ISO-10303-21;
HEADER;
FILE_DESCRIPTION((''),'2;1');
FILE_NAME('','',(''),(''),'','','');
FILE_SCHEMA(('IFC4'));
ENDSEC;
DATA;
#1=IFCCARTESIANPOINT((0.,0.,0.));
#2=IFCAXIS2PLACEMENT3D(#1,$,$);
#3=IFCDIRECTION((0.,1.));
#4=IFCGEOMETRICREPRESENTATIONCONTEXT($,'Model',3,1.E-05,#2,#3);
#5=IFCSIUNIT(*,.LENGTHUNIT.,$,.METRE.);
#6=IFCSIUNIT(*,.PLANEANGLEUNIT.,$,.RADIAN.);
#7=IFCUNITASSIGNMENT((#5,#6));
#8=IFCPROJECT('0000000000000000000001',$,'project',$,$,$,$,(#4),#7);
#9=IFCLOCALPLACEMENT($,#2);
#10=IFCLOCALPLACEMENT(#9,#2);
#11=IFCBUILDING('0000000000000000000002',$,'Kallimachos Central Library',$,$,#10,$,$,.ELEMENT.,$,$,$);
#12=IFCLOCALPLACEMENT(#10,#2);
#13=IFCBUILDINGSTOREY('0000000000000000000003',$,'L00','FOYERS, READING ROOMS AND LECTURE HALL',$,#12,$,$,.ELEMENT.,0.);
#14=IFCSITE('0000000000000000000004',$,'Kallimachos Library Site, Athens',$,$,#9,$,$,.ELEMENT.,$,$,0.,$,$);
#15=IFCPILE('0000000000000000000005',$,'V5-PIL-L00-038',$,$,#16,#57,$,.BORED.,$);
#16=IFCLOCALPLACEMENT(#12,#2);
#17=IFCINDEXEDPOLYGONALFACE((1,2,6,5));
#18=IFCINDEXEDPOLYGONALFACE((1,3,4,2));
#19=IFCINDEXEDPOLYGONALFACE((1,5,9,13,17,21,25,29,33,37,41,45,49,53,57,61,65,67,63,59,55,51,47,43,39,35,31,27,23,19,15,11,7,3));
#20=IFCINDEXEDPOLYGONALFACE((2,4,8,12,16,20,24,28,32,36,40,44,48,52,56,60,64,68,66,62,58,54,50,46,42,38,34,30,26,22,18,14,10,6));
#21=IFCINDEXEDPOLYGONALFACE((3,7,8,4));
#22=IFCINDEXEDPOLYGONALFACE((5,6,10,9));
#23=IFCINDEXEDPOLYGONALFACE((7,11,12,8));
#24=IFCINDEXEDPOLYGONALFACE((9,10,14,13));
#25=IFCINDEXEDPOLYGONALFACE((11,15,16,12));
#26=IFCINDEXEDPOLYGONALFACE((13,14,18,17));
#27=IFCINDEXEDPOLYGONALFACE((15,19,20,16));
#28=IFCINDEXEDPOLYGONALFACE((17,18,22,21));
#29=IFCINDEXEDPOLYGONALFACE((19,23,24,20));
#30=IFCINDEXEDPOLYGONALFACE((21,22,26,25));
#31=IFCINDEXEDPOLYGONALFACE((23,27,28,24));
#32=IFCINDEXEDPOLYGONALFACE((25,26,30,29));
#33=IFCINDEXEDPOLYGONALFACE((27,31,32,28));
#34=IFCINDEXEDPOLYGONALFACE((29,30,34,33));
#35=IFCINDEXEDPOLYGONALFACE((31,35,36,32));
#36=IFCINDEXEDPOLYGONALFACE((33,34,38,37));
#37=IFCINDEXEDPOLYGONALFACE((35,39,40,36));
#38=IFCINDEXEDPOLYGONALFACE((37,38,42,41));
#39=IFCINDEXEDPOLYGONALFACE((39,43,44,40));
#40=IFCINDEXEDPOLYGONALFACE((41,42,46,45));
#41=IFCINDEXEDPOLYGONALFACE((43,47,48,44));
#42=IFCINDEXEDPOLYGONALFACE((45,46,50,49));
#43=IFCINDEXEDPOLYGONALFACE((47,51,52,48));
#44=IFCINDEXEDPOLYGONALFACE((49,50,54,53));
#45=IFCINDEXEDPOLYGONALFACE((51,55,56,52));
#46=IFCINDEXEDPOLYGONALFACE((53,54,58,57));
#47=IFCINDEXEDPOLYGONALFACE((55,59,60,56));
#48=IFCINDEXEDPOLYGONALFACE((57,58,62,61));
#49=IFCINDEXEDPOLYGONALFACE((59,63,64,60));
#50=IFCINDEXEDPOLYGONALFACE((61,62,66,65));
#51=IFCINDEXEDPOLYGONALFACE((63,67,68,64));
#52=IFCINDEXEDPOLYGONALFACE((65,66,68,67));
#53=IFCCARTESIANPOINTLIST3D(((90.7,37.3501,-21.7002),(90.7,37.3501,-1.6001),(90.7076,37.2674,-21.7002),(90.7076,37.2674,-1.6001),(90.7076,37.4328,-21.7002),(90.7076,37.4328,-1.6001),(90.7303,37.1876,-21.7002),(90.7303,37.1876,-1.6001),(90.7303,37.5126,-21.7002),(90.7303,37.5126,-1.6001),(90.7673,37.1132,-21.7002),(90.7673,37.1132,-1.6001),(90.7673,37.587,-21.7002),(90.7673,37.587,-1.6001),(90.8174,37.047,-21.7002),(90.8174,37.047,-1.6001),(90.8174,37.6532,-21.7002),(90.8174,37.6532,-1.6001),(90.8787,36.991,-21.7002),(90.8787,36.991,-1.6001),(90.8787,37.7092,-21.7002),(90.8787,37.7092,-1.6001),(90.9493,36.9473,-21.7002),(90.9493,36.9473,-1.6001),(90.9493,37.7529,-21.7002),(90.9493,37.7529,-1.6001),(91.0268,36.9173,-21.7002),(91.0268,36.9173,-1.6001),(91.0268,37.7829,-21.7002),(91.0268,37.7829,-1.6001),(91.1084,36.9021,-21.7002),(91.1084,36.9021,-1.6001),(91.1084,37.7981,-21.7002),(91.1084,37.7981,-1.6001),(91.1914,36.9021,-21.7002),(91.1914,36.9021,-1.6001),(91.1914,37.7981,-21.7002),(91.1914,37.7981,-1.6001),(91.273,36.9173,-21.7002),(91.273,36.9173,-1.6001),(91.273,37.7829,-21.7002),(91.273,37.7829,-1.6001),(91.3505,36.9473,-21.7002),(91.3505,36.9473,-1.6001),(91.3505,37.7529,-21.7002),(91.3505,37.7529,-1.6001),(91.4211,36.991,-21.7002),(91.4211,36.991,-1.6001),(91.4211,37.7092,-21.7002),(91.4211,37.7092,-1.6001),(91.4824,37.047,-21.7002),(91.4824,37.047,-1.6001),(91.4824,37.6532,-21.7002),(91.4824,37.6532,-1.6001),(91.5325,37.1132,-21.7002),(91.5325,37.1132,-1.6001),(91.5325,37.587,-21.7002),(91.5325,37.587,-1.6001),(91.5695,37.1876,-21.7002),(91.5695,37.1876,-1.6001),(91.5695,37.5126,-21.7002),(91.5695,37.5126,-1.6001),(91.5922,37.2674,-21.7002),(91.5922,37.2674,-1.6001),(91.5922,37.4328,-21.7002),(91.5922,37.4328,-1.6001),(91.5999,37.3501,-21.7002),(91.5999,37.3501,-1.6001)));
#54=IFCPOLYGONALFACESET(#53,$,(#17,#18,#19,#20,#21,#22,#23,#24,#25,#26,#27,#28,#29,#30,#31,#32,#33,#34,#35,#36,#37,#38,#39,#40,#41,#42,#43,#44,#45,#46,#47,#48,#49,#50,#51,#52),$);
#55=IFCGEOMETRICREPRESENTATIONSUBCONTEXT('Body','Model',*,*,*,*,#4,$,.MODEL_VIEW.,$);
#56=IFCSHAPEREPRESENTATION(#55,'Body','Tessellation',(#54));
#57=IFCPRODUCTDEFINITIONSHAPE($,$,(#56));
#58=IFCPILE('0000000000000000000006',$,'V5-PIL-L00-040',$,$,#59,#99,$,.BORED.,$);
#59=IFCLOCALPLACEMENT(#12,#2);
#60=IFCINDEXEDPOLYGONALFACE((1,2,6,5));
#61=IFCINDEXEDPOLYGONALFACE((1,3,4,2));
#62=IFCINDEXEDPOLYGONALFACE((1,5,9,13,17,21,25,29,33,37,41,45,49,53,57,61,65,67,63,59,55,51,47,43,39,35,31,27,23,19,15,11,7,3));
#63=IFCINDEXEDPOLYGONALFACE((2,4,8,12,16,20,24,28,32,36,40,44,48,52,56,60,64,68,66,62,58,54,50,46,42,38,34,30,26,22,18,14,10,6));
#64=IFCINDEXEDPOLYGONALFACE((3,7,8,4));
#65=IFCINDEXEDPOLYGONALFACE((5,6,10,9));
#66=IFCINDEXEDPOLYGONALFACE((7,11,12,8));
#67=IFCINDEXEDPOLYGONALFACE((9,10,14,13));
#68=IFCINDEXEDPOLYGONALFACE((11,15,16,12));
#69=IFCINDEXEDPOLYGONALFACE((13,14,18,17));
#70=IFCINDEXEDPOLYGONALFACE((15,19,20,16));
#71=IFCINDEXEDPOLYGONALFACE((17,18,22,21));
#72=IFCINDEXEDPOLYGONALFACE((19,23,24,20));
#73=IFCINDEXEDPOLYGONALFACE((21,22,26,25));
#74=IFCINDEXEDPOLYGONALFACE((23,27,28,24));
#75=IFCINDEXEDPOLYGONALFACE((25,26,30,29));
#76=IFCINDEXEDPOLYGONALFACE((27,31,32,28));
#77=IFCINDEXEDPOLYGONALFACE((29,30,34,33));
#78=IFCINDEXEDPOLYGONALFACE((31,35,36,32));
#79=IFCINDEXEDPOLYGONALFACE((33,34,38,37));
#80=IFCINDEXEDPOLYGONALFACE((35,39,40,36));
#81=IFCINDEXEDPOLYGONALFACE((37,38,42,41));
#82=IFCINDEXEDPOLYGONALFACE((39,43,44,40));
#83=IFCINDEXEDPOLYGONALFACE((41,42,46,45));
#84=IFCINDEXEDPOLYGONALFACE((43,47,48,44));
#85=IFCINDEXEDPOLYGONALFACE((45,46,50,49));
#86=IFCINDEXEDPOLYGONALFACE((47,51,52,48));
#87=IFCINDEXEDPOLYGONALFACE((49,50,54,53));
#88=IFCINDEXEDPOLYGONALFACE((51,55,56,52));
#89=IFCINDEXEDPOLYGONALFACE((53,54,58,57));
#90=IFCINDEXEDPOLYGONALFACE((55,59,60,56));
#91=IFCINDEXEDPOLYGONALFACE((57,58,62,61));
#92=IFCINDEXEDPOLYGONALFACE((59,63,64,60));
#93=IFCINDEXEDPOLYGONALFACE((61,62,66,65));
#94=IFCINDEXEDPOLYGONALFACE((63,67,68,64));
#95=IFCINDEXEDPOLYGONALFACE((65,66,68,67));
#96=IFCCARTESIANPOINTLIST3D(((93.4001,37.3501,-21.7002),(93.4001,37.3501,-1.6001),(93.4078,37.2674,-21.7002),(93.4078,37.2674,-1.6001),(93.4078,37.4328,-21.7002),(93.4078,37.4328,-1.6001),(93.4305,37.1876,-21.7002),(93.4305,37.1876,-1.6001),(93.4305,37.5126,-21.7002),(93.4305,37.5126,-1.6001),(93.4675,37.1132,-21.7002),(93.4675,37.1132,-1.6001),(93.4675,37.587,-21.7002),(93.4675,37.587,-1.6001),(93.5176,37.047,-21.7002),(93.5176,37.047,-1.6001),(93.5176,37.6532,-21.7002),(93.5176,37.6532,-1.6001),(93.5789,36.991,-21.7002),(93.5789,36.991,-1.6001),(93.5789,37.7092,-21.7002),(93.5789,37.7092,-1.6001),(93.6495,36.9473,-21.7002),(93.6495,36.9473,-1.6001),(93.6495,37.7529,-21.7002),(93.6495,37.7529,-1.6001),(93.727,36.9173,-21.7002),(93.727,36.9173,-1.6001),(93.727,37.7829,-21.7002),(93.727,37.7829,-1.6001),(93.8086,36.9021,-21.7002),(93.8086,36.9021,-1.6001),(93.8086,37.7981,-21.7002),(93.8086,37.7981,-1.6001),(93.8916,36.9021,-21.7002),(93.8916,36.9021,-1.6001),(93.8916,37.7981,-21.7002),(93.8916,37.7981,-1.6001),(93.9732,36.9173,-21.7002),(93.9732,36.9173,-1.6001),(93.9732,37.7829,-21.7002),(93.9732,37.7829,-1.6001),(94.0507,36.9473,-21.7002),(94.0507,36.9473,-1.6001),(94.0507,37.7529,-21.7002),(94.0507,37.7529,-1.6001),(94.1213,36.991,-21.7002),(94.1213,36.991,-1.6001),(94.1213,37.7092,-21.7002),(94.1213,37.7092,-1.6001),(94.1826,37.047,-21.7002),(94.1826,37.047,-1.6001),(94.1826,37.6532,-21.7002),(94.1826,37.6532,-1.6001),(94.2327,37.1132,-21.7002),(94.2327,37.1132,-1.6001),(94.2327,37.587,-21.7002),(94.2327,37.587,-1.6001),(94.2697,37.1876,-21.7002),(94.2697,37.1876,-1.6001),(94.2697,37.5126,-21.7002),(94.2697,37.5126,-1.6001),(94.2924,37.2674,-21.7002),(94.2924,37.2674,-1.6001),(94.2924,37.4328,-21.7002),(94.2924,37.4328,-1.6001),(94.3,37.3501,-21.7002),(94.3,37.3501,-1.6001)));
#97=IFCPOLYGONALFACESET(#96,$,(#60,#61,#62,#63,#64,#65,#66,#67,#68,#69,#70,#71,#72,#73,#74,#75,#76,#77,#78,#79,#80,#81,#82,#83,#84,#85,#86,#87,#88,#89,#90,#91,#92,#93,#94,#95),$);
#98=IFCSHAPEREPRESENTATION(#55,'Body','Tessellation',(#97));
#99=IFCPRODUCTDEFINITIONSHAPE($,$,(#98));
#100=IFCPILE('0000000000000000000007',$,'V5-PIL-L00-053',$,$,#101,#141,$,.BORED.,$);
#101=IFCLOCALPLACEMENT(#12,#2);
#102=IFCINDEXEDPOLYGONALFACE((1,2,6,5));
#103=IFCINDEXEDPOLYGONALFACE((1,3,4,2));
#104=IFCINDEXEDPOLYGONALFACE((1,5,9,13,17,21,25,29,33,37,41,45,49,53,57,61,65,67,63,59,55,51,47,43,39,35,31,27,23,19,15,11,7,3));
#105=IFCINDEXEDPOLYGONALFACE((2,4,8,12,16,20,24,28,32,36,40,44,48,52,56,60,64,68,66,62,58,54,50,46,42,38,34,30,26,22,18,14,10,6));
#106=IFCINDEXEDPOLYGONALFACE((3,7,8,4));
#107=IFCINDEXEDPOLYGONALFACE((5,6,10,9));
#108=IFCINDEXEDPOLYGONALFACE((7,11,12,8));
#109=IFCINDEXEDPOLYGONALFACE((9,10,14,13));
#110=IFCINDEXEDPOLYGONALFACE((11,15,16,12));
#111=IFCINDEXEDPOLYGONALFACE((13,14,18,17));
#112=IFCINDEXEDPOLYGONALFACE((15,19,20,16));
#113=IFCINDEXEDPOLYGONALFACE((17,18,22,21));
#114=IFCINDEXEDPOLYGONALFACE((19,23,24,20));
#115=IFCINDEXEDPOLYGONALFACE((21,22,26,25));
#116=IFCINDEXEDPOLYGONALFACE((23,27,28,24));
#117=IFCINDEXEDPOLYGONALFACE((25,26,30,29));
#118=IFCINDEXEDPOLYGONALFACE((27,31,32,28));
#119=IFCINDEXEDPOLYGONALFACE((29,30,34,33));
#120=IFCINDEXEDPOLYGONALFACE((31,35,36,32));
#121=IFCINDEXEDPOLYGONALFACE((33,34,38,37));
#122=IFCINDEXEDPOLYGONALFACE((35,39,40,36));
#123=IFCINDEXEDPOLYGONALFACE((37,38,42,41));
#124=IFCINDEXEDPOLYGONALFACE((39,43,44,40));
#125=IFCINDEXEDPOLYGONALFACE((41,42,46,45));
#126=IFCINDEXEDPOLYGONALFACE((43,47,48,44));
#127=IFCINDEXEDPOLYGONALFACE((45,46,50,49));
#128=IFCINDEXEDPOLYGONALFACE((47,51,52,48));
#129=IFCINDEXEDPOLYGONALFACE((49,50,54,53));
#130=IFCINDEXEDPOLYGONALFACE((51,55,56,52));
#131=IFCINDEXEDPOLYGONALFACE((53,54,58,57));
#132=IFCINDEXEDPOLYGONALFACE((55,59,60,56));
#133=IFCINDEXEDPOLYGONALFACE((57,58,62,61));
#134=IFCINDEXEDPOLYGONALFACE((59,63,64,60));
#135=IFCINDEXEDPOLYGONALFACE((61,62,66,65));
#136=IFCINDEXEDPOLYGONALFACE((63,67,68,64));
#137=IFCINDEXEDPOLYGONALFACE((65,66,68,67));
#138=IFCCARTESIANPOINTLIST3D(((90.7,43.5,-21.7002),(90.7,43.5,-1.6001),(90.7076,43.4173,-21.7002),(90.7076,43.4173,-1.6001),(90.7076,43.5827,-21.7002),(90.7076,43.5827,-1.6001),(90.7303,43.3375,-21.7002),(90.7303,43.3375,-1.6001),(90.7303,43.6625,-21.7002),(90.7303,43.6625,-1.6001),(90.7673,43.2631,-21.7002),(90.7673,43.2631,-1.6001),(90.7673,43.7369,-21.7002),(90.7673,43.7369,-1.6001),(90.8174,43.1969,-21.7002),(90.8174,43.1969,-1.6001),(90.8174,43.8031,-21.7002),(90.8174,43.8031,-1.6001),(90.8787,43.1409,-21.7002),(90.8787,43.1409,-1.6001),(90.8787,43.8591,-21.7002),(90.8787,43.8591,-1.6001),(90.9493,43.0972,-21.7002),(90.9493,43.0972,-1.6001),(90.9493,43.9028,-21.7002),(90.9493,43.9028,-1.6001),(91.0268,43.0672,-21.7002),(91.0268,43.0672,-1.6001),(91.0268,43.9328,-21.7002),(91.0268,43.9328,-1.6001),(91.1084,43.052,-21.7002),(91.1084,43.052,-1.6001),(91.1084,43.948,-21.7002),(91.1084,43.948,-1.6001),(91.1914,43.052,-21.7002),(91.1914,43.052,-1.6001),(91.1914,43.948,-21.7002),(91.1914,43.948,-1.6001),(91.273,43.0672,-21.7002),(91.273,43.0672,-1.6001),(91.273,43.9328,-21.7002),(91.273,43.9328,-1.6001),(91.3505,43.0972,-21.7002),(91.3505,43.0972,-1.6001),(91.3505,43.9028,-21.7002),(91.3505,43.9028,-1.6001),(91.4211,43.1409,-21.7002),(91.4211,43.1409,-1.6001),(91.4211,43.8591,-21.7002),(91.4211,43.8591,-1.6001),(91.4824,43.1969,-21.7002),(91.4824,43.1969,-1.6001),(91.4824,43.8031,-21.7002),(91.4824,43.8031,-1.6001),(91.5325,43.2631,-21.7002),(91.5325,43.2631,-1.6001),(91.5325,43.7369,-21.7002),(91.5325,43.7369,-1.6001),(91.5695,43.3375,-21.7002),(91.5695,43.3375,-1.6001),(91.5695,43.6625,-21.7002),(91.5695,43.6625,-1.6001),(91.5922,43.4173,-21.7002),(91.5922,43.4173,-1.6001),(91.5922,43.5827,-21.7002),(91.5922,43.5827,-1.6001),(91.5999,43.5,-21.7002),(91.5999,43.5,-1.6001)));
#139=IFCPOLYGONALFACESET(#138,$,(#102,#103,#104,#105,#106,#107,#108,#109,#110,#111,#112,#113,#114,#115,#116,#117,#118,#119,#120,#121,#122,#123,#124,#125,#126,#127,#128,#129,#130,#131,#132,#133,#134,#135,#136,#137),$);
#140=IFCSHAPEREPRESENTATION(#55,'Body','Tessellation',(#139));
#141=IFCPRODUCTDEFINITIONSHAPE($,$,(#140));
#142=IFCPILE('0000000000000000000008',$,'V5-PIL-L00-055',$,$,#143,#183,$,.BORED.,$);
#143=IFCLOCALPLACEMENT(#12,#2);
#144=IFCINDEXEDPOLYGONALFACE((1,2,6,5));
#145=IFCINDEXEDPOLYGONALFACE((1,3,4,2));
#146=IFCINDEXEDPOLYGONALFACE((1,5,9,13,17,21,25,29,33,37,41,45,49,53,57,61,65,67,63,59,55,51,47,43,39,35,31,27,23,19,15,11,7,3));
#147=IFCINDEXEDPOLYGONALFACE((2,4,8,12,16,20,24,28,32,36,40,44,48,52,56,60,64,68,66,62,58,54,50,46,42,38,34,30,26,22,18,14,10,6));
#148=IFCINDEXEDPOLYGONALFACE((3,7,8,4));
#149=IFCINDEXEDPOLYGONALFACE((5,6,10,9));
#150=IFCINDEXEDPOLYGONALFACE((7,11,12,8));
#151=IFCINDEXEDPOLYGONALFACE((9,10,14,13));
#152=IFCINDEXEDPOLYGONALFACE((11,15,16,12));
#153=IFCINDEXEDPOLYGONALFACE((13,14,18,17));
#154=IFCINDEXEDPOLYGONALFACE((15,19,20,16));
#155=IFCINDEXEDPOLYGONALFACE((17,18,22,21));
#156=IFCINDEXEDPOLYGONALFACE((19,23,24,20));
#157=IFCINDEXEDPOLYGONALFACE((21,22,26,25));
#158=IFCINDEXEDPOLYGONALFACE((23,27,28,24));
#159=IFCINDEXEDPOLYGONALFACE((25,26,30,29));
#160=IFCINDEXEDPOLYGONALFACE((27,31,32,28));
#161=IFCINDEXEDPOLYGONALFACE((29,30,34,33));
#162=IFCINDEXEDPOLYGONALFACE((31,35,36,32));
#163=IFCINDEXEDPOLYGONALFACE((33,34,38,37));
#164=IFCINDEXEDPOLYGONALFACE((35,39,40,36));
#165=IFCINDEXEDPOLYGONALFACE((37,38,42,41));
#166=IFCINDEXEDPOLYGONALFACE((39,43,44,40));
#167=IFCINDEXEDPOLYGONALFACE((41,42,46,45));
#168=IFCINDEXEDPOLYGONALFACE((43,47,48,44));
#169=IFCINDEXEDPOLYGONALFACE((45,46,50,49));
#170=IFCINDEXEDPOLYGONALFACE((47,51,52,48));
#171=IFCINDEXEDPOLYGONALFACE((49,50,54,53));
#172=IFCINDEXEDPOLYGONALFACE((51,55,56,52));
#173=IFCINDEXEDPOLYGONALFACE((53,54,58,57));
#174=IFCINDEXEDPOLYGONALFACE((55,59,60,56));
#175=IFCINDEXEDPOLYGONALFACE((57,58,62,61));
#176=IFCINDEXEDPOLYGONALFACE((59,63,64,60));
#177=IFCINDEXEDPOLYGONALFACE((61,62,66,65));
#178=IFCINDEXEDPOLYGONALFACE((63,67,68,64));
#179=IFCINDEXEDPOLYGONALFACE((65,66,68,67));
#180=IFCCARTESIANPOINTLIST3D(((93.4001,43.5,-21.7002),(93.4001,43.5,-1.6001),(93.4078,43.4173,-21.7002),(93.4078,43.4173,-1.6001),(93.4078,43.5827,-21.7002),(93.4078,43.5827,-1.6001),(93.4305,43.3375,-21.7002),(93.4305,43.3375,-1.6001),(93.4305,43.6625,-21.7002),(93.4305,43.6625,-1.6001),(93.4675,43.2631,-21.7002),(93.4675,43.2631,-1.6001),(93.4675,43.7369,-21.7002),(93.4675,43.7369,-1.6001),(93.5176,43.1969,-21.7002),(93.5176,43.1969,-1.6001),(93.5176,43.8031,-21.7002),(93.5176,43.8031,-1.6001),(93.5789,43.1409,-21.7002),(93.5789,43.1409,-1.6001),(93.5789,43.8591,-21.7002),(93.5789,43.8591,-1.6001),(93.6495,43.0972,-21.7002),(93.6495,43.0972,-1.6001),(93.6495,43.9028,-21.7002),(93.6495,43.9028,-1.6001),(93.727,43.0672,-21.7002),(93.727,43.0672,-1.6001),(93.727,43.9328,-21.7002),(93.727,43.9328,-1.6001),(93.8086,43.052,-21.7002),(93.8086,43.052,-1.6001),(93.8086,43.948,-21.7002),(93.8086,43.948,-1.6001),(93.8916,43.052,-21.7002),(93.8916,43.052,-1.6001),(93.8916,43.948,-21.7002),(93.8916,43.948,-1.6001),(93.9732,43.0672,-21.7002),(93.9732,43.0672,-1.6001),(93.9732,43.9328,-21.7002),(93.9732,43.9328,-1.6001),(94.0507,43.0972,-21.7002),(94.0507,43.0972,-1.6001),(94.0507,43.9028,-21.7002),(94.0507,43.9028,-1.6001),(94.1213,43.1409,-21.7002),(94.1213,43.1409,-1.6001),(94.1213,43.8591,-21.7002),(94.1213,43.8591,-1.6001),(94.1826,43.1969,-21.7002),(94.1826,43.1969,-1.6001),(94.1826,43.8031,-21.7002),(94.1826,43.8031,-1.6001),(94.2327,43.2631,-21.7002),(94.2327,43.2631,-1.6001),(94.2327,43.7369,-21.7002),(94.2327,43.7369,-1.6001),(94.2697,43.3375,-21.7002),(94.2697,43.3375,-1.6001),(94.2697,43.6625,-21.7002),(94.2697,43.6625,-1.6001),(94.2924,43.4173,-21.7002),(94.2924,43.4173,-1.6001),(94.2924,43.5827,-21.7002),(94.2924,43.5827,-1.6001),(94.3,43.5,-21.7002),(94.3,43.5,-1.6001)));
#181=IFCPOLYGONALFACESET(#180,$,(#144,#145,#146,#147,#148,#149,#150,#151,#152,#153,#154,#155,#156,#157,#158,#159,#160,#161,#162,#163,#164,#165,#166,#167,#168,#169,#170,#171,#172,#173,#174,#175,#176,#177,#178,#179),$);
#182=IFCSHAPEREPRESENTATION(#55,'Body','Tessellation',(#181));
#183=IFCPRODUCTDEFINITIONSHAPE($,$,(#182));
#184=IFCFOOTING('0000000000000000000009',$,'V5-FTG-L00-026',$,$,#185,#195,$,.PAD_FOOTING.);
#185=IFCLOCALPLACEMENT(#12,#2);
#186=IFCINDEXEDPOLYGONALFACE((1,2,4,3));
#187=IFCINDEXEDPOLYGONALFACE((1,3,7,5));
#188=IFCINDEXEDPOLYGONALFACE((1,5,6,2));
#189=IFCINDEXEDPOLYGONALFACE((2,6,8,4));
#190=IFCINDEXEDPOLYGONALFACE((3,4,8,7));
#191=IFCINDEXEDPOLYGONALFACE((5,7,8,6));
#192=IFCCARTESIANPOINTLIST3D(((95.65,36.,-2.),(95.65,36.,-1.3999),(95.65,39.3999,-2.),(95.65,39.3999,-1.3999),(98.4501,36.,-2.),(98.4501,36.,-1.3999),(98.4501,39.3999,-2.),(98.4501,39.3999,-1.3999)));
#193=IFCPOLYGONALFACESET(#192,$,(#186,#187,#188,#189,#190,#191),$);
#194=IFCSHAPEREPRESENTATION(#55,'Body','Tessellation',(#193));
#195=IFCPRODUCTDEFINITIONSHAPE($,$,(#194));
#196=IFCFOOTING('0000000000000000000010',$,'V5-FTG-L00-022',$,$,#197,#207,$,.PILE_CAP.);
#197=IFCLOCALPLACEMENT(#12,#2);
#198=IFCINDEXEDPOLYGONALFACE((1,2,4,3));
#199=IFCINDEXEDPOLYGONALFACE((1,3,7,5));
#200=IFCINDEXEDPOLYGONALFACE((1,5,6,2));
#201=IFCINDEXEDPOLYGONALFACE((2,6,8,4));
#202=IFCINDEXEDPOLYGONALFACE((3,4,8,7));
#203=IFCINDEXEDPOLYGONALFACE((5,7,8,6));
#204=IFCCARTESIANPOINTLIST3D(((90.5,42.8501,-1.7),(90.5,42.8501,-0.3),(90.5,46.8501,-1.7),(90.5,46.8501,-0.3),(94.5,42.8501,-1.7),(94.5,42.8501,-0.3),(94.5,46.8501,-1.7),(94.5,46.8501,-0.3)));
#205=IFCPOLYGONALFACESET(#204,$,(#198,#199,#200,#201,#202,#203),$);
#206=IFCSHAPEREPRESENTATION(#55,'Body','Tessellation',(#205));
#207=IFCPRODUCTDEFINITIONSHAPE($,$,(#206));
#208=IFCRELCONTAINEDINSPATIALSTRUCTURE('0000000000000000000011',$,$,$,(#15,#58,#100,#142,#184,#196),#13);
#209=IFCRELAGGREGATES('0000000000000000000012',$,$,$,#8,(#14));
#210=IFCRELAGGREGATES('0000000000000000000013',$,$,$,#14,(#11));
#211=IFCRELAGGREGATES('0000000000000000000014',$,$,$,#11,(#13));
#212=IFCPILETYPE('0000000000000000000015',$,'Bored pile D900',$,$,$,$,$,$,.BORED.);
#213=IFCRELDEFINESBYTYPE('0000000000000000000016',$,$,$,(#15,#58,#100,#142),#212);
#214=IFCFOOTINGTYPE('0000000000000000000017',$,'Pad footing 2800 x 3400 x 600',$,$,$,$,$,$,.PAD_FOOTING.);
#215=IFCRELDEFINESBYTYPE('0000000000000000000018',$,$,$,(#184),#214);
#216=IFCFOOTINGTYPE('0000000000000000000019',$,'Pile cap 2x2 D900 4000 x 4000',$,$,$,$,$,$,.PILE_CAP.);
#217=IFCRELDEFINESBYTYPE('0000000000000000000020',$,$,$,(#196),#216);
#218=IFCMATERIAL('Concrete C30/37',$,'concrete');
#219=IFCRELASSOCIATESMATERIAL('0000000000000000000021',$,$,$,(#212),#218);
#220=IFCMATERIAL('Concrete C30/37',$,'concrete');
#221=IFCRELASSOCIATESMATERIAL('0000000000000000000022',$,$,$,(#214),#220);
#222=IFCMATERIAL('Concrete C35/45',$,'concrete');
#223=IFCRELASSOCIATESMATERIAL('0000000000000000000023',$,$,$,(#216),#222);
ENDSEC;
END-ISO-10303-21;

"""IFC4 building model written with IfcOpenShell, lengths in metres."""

from ifc_helpers import new_model, si_unit, direction, frame, origin, origin_2d, place, context, subcontext, project, spatial, rectangle, circle, extrude, material, type_object, element, save


model = new_model("IFC4")

# Units and contexts
model_context = context("Model", 3, precision=1e-05, world=origin(), true_north=direction((0.0, 1.0)))
body_context = subcontext(model_context, "Body", "Model", "MODEL_VIEW")
ifc_project = project(units=[si_unit("LENGTHUNIT", "METRE"), si_unit("PLANEANGLEUNIT", "RADIAN")], contexts=[model_context])

# Site, building, storey
site_placement = place(None, origin())
site = spatial("IfcSite", under=ifc_project, at=site_placement, Name="Kallimachos Library Site, Athens", CompositionType="ELEMENT", RefElevation=0.0)
building_placement = place(site_placement, origin())
building = spatial("IfcBuilding", under=site, at=building_placement, Name="Kallimachos Central Library", CompositionType="ELEMENT")
storey_placement = place(building_placement, origin())
storey = spatial("IfcBuildingStorey", under=building, at=storey_placement, Name="L00", Description="FOYERS, READING ROOMS AND LECTURE HALL", CompositionType="ELEMENT", Elevation=0.0)

# Piles
ifc_material_1 = material(Name="Concrete C30/37", Category="concrete")
pile_type = type_object("IfcPileType", Name="Bored pile D900", PredefinedType="BORED", material=ifc_material_1)
for number, where, z_axis, x_axis, name in (
    (1, (91.1499, 37.3501, -1.6001), (0.0, 0.0, -1.0), (1.0, 0.0, 0.0), "V5-PIL-L00-038"),
    (2, (93.8501, 37.3501, -1.6001), (0.0, 0.0, -1.0), (1.0, 0.0, 0.0), "V5-PIL-L00-040"),
    (3, (91.1499, 43.5, -1.6001), (0.0, 0.0, -1.0), (1.0, 0.0, 0.0), "V5-PIL-L00-053"),
    (4, (93.8501, 43.5, -1.6001), (0.0, 0.0, -1.0), (1.0, 0.0, 0.0), "V5-PIL-L00-055"),
):
    element("IfcPile", number, at=place(storey_placement, frame(where, z_axis=z_axis, x_axis=x_axis)), inside=storey, type_object=pile_type, Name=name, PredefinedType="BORED", context=body_context, shape_type="SweptSolid", body=[
        extrude(circle(Radius=0.45, at=origin_2d()), origin(), (0.0, 0.0, 1.0), 20.1001),
    ])

# Footings
ifc_material_2 = material(Name="Concrete C30/37", Category="concrete")
footing_type_1 = type_object("IfcFootingType", Name="Pad footing 2800 x 3400 x 600", PredefinedType="PAD_FOOTING", material=ifc_material_2)
footing_1_placement = place(storey_placement, frame((97.05, 37.7, -2.0), z_axis=(0.0, 0.0, 1.0), x_axis=(1.0, 0.0, 0.0)))
element("IfcFooting", 5, at=footing_1_placement, inside=storey, type_object=footing_type_1, Name="V5-FTG-L00-026", PredefinedType="PAD_FOOTING", context=body_context, shape_type="SweptSolid", body=[
    extrude(rectangle(XDim=2.8, YDim=3.3999, at=origin_2d()), origin(), (0.0, 0.0, 1.0), 0.6001),
])
ifc_material_3 = material(Name="Concrete C35/45", Category="concrete")
footing_type_2 = type_object("IfcFootingType", Name="Pile cap 2x2 D900 4000 x 4000", PredefinedType="PILE_CAP", material=ifc_material_3)
footing_2_placement = place(storey_placement, frame((92.5, 44.8501, -1.7), z_axis=(0.0, 0.0, 1.0), x_axis=(1.0, 0.0, 0.0)))
element("IfcFooting", 6, at=footing_2_placement, inside=storey, type_object=footing_type_2, Name="V5-FTG-L00-022", PredefinedType="PILE_CAP", context=body_context, shape_type="SweptSolid", body=[
    extrude(rectangle(XDim=4.0, YDim=4.0, at=origin_2d()), origin(), (0.0, 0.0, 1.0), 1.3999),
])

save(model, "model.ifc")
